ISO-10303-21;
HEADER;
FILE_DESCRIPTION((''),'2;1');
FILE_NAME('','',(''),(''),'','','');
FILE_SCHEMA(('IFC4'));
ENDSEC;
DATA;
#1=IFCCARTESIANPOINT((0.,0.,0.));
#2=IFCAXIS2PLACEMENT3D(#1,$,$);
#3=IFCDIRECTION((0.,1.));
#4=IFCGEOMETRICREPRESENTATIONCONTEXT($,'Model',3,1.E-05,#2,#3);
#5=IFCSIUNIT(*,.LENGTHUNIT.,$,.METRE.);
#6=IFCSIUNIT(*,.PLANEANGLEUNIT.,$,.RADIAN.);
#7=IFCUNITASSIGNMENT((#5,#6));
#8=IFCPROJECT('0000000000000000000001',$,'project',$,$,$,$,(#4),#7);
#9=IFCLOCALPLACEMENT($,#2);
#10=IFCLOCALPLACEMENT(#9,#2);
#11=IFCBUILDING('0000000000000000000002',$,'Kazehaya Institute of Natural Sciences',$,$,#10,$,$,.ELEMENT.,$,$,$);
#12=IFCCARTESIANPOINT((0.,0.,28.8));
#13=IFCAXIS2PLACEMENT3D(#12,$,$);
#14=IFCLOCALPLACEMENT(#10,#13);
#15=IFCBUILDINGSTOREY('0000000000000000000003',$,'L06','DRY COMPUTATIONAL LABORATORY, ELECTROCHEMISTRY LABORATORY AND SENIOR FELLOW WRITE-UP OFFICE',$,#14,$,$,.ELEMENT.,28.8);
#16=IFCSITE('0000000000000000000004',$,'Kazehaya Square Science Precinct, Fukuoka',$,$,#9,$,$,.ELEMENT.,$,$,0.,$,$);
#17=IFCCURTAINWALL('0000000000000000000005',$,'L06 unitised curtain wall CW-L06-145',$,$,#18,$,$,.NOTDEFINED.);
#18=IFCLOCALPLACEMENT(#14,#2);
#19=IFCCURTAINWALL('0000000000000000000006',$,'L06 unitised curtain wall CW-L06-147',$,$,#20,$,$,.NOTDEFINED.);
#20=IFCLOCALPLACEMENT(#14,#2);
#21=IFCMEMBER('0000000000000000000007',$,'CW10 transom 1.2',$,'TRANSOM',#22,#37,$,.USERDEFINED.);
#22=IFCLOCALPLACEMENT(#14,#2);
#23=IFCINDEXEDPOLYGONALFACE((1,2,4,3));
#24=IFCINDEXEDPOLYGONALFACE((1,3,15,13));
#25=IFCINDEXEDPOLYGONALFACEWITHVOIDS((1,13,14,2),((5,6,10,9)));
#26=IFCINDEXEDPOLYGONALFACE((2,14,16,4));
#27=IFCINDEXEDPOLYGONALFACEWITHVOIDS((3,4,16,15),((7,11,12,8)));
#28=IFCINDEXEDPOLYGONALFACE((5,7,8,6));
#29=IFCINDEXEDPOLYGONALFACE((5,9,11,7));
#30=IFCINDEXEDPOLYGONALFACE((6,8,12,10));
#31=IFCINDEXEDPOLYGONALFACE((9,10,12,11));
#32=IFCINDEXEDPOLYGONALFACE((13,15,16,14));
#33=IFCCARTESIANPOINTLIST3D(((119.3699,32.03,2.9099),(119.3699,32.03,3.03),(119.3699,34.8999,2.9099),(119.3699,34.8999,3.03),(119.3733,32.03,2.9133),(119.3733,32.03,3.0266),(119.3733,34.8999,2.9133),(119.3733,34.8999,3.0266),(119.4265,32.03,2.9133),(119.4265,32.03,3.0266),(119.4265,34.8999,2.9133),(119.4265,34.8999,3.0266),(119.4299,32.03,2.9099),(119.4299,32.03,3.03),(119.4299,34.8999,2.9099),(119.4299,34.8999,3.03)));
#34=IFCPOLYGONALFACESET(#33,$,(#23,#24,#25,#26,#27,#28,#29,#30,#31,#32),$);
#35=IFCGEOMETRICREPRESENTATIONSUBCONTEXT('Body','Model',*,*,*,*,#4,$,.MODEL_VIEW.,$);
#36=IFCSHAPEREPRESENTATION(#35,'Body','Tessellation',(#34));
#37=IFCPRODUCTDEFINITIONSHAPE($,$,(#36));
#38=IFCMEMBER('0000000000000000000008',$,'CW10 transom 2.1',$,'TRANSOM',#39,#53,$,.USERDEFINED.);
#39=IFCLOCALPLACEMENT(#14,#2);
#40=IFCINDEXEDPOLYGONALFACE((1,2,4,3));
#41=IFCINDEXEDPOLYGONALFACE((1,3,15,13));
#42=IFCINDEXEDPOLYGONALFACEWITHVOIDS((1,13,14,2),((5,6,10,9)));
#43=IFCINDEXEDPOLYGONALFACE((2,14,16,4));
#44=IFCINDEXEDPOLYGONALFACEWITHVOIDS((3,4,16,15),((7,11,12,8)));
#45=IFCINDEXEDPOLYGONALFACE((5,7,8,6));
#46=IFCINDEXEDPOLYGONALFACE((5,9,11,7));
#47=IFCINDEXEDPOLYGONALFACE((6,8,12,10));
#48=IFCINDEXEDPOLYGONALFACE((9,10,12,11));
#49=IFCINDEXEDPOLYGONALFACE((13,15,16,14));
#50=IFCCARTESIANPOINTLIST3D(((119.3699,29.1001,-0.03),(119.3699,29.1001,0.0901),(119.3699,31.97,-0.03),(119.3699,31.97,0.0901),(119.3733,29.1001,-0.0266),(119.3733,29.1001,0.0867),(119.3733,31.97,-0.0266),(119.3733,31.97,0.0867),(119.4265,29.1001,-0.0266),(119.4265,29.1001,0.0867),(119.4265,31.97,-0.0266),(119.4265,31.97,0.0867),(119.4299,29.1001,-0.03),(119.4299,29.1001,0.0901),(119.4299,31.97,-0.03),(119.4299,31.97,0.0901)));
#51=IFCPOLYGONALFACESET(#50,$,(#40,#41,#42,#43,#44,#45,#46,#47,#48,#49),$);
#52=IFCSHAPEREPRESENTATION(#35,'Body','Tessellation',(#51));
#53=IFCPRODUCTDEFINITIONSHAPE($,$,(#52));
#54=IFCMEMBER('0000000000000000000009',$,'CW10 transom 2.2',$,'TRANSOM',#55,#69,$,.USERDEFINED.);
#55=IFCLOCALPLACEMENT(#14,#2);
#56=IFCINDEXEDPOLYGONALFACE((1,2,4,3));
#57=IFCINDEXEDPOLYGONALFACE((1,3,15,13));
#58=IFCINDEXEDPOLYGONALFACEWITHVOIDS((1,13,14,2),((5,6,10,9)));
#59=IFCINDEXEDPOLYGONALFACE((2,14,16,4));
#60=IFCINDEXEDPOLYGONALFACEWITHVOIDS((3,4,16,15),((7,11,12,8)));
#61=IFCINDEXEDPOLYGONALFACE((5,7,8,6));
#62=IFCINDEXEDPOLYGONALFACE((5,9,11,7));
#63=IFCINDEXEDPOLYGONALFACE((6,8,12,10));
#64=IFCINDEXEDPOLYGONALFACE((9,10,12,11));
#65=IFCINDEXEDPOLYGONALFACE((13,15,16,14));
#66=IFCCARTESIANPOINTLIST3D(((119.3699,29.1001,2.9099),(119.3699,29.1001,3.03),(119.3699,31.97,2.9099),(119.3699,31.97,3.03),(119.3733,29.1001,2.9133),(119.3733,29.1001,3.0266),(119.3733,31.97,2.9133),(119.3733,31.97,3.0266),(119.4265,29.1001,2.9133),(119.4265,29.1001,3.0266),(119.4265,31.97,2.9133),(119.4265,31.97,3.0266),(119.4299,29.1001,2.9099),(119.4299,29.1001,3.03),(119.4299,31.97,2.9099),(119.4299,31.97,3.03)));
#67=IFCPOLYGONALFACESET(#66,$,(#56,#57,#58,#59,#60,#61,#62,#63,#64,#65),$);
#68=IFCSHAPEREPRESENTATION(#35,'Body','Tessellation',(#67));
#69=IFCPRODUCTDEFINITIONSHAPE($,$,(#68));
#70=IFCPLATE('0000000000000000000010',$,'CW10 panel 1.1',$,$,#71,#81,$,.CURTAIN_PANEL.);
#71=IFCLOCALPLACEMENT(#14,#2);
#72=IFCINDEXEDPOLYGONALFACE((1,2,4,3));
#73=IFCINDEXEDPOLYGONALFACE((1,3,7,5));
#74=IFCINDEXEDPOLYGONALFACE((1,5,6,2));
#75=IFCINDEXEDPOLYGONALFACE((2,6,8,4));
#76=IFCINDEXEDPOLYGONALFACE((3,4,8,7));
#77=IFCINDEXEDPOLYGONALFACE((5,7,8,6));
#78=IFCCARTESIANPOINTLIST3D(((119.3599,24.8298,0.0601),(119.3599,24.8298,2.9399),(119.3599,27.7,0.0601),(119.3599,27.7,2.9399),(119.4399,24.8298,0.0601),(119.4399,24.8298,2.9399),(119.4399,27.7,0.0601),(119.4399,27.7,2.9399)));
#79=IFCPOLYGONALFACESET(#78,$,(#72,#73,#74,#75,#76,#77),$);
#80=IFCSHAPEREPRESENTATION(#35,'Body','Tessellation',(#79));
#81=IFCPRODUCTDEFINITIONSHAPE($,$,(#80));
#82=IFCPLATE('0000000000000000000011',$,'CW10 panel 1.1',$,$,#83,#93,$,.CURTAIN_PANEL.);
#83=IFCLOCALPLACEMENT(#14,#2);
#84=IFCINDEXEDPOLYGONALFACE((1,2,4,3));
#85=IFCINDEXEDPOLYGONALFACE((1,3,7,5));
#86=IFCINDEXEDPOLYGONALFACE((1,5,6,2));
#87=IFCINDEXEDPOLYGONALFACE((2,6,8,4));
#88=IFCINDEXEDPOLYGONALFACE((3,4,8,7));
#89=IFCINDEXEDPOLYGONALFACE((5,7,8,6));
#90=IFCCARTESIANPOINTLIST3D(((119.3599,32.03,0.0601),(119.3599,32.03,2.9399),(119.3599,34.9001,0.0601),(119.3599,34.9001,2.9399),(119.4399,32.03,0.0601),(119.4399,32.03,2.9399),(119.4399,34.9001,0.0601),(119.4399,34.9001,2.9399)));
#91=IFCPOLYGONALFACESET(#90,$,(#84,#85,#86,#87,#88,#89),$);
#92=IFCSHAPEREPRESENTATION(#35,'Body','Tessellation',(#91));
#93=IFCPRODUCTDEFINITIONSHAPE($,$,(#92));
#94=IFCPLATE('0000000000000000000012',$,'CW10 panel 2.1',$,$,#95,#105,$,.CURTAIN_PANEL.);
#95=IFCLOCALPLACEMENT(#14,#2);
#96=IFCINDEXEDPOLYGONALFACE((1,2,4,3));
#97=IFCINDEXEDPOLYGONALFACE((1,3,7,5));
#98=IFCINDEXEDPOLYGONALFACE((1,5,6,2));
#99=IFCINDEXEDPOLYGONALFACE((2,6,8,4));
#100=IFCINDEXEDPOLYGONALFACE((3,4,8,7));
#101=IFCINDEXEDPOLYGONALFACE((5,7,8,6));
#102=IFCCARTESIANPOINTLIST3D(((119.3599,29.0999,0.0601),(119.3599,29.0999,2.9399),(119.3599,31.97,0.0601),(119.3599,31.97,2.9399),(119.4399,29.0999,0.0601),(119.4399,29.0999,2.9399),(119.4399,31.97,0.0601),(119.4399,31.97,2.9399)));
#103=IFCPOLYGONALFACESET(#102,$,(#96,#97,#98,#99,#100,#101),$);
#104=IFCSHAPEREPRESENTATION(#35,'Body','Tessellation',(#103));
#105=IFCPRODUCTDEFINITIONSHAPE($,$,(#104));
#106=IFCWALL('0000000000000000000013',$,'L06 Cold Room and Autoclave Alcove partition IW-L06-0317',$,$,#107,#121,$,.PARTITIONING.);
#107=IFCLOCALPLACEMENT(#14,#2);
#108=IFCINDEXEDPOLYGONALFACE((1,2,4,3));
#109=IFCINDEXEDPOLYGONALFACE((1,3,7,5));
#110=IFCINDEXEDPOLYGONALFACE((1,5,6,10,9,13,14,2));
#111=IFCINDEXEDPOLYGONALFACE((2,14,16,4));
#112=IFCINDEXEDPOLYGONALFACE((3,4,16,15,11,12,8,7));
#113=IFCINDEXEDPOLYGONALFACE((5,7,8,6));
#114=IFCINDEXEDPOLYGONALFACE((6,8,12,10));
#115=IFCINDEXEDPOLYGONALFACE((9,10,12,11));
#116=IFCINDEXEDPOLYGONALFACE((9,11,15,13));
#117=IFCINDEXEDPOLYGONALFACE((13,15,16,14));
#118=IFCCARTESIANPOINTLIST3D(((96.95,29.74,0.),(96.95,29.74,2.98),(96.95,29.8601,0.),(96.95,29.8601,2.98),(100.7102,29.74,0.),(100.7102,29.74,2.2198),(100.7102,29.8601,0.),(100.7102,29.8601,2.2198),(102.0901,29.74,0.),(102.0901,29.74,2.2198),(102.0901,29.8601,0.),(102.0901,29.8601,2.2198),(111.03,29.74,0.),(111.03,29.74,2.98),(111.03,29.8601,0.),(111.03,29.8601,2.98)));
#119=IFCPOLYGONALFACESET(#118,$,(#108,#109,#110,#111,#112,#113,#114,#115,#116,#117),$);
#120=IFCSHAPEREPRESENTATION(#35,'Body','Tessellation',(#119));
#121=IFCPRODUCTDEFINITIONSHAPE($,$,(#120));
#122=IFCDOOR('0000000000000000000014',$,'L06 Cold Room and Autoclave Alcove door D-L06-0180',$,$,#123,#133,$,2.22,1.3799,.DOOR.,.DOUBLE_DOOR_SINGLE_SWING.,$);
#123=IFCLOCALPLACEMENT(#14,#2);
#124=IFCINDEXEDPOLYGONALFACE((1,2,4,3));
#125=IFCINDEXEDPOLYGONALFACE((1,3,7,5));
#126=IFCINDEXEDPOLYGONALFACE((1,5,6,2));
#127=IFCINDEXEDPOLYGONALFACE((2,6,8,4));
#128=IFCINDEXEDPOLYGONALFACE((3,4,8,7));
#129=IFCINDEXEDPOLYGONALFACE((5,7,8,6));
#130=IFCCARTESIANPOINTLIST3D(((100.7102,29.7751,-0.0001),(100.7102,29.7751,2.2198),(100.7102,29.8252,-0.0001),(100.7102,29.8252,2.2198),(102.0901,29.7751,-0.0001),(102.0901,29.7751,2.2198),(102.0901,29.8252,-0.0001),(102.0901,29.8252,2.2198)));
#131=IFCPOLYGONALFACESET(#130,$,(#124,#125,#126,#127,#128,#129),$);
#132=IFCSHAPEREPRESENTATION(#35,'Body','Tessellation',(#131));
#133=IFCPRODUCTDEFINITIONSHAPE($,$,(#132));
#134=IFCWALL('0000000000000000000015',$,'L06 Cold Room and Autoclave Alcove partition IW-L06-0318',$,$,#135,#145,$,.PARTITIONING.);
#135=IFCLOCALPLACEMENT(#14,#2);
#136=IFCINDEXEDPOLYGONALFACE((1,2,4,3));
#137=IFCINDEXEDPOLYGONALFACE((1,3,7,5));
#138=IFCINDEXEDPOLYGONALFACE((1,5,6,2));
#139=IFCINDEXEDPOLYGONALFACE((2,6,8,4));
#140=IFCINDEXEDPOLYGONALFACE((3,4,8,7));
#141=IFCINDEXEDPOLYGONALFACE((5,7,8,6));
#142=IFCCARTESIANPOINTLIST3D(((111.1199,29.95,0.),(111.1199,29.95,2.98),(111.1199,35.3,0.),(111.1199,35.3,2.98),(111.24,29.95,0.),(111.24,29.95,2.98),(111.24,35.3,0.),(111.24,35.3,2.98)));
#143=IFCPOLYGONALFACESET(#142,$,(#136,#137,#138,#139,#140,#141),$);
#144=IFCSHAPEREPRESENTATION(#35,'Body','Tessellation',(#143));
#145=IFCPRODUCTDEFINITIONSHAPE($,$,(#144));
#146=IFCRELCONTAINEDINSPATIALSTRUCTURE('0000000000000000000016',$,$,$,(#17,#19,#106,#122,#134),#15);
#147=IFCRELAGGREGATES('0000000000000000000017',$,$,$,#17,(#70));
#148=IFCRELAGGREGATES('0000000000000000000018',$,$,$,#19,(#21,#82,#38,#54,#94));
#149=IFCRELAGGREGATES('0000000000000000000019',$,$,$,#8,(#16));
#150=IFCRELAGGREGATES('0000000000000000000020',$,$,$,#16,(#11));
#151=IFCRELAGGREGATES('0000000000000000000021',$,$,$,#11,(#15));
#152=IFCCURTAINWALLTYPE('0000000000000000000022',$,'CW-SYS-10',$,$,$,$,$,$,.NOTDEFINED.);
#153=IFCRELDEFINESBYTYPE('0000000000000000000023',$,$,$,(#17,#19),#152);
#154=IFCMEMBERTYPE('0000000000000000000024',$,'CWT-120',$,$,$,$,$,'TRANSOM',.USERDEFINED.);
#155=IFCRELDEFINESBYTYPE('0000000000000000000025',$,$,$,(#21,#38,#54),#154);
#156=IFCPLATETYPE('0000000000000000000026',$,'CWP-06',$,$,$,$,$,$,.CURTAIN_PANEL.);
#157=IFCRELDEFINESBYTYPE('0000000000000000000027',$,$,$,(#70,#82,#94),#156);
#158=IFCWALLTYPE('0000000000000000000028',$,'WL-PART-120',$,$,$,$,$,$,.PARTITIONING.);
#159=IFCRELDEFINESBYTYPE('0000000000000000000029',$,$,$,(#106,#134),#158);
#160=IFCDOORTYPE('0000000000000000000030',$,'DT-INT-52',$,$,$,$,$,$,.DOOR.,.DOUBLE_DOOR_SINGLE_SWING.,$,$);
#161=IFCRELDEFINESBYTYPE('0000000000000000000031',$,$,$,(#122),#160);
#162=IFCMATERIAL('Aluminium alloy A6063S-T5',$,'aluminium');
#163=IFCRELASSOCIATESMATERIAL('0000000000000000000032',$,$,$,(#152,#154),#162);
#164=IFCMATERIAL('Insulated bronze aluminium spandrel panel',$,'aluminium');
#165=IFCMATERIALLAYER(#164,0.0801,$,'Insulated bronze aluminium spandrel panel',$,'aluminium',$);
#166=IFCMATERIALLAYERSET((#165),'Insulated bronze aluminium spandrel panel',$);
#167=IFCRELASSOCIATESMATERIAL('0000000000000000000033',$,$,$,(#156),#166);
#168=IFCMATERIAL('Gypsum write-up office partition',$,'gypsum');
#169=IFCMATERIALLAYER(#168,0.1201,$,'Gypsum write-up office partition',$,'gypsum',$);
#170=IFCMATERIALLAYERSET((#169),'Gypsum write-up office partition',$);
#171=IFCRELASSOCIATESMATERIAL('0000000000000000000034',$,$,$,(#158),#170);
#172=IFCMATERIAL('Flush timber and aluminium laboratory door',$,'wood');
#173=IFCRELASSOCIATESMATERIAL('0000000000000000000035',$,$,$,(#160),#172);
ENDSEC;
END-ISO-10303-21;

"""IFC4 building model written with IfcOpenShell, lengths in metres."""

from ifc_helpers import new_model, si_unit, direction, frame, frame_2d, origin, origin_2d, place, context, subcontext, project, spatial, rectangle, hollow_rectangle, extrude, material, layer, layer_set, material_profile, profile_set, type_object, element, fill, aggregate, save


model = new_model("IFC4")

# Units and contexts
model_context = context("Model", 3, precision=1e-05, world=origin(), true_north=direction((0.0, 1.0)))
body_context = subcontext(model_context, "Body", "Model", "MODEL_VIEW")
ifc_project = project(units=[si_unit("LENGTHUNIT", "METRE"), si_unit("PLANEANGLEUNIT", "RADIAN")], contexts=[model_context])

# Site, building, storey
site_placement = place(None, origin())
site = spatial("IfcSite", under=ifc_project, at=site_placement, Name="Kazehaya Square Science Precinct, Fukuoka", CompositionType="ELEMENT", RefElevation=0.0)
building_placement = place(site_placement, origin())
building = spatial("IfcBuilding", under=site, at=building_placement, Name="Kazehaya Institute of Natural Sciences", CompositionType="ELEMENT")
storey_placement = place(building_placement, frame((0.0, 0.0, 28.8)))
storey = spatial("IfcBuildingStorey", under=building, at=storey_placement, Name="L06", Description="DRY COMPUTATIONAL LABORATORY, ELECTROCHEMISTRY LABORATORY AND SENIOR FELLOW WRITE-UP OFFICE", CompositionType="ELEMENT", Elevation=28.8)

# Curtain wall
ifc_material_1 = material(Name="Aluminium alloy A6063S-T5", Category="aluminium")
curtain_wall_type = type_object("IfcCurtainWallType", Name="CW-SYS-10", PredefinedType="NOTDEFINED", material=ifc_material_1)
curtain_wall_1_placement = place(storey_placement, origin())
curtain_wall_1 = element("IfcCurtainWall", 1, at=curtain_wall_1_placement, inside=storey, type_object=curtain_wall_type, Name="L06 unitised curtain wall CW-L06-145", PredefinedType="NOTDEFINED")

# Curtain wall
curtain_wall_2_placement = place(storey_placement, origin())
curtain_wall_2 = element("IfcCurtainWall", 2, at=curtain_wall_2_placement, inside=storey, type_object=curtain_wall_type, Name="L06 unitised curtain wall CW-L06-147", PredefinedType="NOTDEFINED")

# Members
ifc_material_profile_1 = material_profile(ifc_material_1, hollow_rectangle(XDim=0.0601, YDim=0.1201, WallThickness=0.0034, at=origin_2d()), Name="ALU-60x120x3.5")
ifc_profile_set_1 = profile_set([ifc_material_profile_1], Name="Aluminium alloy A6063S-T5")
member_type_1 = type_object("IfcMemberType", Name="CWT-120", ElementType="TRANSOM", PredefinedType="USERDEFINED", material=ifc_profile_set_1)
member_1_placement = place(storey_placement, frame((119.3999, 34.8999, 2.97), z_axis=(0.0, -1.0, 0.0), x_axis=(1.0, 0.0, 0.0)))
member_1 = element("IfcMember", 3, at=member_1_placement, type_object=member_type_1, Name="CW10 transom 1.2", ObjectType="TRANSOM", PredefinedType="USERDEFINED", context=body_context, shape_type="SweptSolid", body=[
    extrude(hollow_rectangle(XDim=0.0601, YDim=0.1201, WallThickness=0.0034, at=origin_2d()), origin(), (0.0, 0.0, 1.0), 2.8699),
])
member_2_placement = place(storey_placement, frame((119.3999, 31.97, 0.03), z_axis=(0.0, -1.0, 0.0), x_axis=(1.0, 0.0, 0.0)))
member_2 = element("IfcMember", 4, at=member_2_placement, type_object=member_type_1, Name="CW10 transom 2.1", ObjectType="TRANSOM", PredefinedType="USERDEFINED", context=body_context, shape_type="SweptSolid", body=[
    extrude(hollow_rectangle(XDim=0.0601, YDim=0.1201, WallThickness=0.0034, at=origin_2d()), origin(), (0.0, 0.0, 1.0), 2.8699),
])
member_3_placement = place(storey_placement, frame((119.3999, 31.97, 2.97), z_axis=(0.0, -1.0, 0.0), x_axis=(1.0, 0.0, 0.0)))
member_3 = element("IfcMember", 5, at=member_3_placement, type_object=member_type_1, Name="CW10 transom 2.2", ObjectType="TRANSOM", PredefinedType="USERDEFINED", context=body_context, shape_type="SweptSolid", body=[
    extrude(hollow_rectangle(XDim=0.0601, YDim=0.1201, WallThickness=0.0034, at=origin_2d()), origin(), (0.0, 0.0, 1.0), 2.8699),
])

# Plates
ifc_material_2 = material(Name="Insulated bronze aluminium spandrel panel", Category="aluminium")
ifc_layer_1 = layer(ifc_material_2, 0.0801, Name="Insulated bronze aluminium spandrel panel", Category="aluminium")
ifc_layer_set_1 = layer_set([ifc_layer_1], Name="Insulated bronze aluminium spandrel panel")
plate_type = type_object("IfcPlateType", Name="CWP-06", PredefinedType="CURTAIN_PANEL", material=ifc_layer_set_1)
plate_1_placement = place(storey_placement, frame((119.3999, 26.2649, 0.0601), z_axis=(0.0, 0.0, 1.0), x_axis=(0.0, -1.0, 0.0)))
plate_1 = element("IfcPlate", 6, at=plate_1_placement, type_object=plate_type, Name="CW10 panel 1.1", PredefinedType="CURTAIN_PANEL", context=body_context, shape_type="SweptSolid", body=[
    extrude(rectangle(XDim=2.8701, YDim=0.0801, at=origin_2d()), origin(), (0.0, 0.0, 1.0), 2.8799),
])
aggregate(curtain_wall_1, [plate_1])
plate_2_placement = place(storey_placement, frame((119.3999, 33.4651, 0.0601), z_axis=(0.0, 0.0, 1.0), x_axis=(0.0, -1.0, 0.0)))
plate_2 = element("IfcPlate", 7, at=plate_2_placement, type_object=plate_type, Name="CW10 panel 1.1", PredefinedType="CURTAIN_PANEL", context=body_context, shape_type="SweptSolid", body=[
    extrude(rectangle(XDim=2.8701, YDim=0.0801, at=origin_2d()), origin(), (0.0, 0.0, 1.0), 2.8799),
])
plate_3_placement = place(storey_placement, frame((119.3999, 30.5349, 0.0601), z_axis=(0.0, 0.0, 1.0), x_axis=(0.0, -1.0, 0.0)))
plate_3 = element("IfcPlate", 8, at=plate_3_placement, type_object=plate_type, Name="CW10 panel 2.1", PredefinedType="CURTAIN_PANEL", context=body_context, shape_type="SweptSolid", body=[
    extrude(rectangle(XDim=2.8701, YDim=0.0801, at=origin_2d()), origin(), (0.0, 0.0, 1.0), 2.8799),
])
aggregate(curtain_wall_2, [member_1, plate_2, member_2, member_3, plate_3])

# Wall, opening, door
ifc_material_3 = material(Name="Gypsum write-up office partition", Category="gypsum")
ifc_layer_2 = layer(ifc_material_3, 0.1201, Name="Gypsum write-up office partition", Category="gypsum")
ifc_layer_set_2 = layer_set([ifc_layer_2], Name="Gypsum write-up office partition")
wall_type_1 = type_object("IfcWallType", Name="WL-PART-120", PredefinedType="PARTITIONING", material=ifc_layer_set_2)
wall_1_placement = place(storey_placement, frame((111.03, 29.8, 0.0), z_axis=(0.0, 0.0, 1.0), x_axis=(-1.0, 0.0, 0.0)))
wall_1 = element("IfcWall", 9, at=wall_1_placement, inside=storey, type_object=wall_type_1, Name="L06 Cold Room and Autoclave Alcove partition IW-L06-0317", PredefinedType="PARTITIONING", context=body_context, shape_type="SweptSolid", body=[
    extrude(rectangle(XDim=14.0801, YDim=0.1201, at=frame_2d((7.04, 0.0))), origin(), (0.0, 0.0, 1.0), 2.98),
])
opening_1_placement = place(wall_1_placement, frame((8.9399, 0.0, 0.0)))
opening_1 = element("IfcOpeningElement", 10, at=opening_1_placement, cuts=wall_1, PredefinedType="OPENING", context=body_context, shape_type="SweptSolid", body=[
    extrude(rectangle(XDim=1.3799, YDim=2.22, at=frame_2d((0.6899, 1.1099))), frame((0.0, 0.0701, 0.0), z_axis=(0.0, -1.0, 0.0), x_axis=(1.0, 0.0, 0.0)), (0.0, 0.0, 1.0), 0.1401),
])
ifc_material_4 = material(Name="Flush timber and aluminium laboratory door", Category="wood")
door_type_1 = type_object("IfcDoorType", Name="DT-INT-52", OperationType="DOUBLE_DOOR_SINGLE_SWING", PredefinedType="DOOR", material=ifc_material_4)
door_1_placement = place(opening_1_placement, origin())
door_1 = element("IfcDoor", 11, at=door_1_placement, inside=storey, type_object=door_type_1, Name="L06 Cold Room and Autoclave Alcove door D-L06-0180", OperationType="DOUBLE_DOOR_SINGLE_SWING", OverallHeight=2.22, OverallWidth=1.3799, PredefinedType="DOOR", context=body_context, shape_type="SweptSolid", body=[
    extrude(rectangle(XDim=1.3799, YDim=2.22, at=frame_2d((0.6899, 1.1099))), frame((0.0, 0.0249, 0.0), z_axis=(0.0, -1.0, 0.0), x_axis=(1.0, 0.0, 0.0)), (0.0, 0.0, 1.0), 0.05),
])
fill(opening_1, door_1)

# Wall
wall_2_placement = place(storey_placement, frame((111.1799, 35.3, 0.0), z_axis=(0.0, 0.0, 1.0), x_axis=(0.0, -1.0, 0.0)))
element("IfcWall", 12, at=wall_2_placement, inside=storey, type_object=wall_type_1, Name="L06 Cold Room and Autoclave Alcove partition IW-L06-0318", PredefinedType="PARTITIONING", context=body_context, shape_type="SweptSolid", body=[
    extrude(rectangle(XDim=5.3501, YDim=0.1201, at=frame_2d((2.675, 0.0))), origin(), (0.0, 0.0, 1.0), 2.98),
])

save(model, "model.ifc")
